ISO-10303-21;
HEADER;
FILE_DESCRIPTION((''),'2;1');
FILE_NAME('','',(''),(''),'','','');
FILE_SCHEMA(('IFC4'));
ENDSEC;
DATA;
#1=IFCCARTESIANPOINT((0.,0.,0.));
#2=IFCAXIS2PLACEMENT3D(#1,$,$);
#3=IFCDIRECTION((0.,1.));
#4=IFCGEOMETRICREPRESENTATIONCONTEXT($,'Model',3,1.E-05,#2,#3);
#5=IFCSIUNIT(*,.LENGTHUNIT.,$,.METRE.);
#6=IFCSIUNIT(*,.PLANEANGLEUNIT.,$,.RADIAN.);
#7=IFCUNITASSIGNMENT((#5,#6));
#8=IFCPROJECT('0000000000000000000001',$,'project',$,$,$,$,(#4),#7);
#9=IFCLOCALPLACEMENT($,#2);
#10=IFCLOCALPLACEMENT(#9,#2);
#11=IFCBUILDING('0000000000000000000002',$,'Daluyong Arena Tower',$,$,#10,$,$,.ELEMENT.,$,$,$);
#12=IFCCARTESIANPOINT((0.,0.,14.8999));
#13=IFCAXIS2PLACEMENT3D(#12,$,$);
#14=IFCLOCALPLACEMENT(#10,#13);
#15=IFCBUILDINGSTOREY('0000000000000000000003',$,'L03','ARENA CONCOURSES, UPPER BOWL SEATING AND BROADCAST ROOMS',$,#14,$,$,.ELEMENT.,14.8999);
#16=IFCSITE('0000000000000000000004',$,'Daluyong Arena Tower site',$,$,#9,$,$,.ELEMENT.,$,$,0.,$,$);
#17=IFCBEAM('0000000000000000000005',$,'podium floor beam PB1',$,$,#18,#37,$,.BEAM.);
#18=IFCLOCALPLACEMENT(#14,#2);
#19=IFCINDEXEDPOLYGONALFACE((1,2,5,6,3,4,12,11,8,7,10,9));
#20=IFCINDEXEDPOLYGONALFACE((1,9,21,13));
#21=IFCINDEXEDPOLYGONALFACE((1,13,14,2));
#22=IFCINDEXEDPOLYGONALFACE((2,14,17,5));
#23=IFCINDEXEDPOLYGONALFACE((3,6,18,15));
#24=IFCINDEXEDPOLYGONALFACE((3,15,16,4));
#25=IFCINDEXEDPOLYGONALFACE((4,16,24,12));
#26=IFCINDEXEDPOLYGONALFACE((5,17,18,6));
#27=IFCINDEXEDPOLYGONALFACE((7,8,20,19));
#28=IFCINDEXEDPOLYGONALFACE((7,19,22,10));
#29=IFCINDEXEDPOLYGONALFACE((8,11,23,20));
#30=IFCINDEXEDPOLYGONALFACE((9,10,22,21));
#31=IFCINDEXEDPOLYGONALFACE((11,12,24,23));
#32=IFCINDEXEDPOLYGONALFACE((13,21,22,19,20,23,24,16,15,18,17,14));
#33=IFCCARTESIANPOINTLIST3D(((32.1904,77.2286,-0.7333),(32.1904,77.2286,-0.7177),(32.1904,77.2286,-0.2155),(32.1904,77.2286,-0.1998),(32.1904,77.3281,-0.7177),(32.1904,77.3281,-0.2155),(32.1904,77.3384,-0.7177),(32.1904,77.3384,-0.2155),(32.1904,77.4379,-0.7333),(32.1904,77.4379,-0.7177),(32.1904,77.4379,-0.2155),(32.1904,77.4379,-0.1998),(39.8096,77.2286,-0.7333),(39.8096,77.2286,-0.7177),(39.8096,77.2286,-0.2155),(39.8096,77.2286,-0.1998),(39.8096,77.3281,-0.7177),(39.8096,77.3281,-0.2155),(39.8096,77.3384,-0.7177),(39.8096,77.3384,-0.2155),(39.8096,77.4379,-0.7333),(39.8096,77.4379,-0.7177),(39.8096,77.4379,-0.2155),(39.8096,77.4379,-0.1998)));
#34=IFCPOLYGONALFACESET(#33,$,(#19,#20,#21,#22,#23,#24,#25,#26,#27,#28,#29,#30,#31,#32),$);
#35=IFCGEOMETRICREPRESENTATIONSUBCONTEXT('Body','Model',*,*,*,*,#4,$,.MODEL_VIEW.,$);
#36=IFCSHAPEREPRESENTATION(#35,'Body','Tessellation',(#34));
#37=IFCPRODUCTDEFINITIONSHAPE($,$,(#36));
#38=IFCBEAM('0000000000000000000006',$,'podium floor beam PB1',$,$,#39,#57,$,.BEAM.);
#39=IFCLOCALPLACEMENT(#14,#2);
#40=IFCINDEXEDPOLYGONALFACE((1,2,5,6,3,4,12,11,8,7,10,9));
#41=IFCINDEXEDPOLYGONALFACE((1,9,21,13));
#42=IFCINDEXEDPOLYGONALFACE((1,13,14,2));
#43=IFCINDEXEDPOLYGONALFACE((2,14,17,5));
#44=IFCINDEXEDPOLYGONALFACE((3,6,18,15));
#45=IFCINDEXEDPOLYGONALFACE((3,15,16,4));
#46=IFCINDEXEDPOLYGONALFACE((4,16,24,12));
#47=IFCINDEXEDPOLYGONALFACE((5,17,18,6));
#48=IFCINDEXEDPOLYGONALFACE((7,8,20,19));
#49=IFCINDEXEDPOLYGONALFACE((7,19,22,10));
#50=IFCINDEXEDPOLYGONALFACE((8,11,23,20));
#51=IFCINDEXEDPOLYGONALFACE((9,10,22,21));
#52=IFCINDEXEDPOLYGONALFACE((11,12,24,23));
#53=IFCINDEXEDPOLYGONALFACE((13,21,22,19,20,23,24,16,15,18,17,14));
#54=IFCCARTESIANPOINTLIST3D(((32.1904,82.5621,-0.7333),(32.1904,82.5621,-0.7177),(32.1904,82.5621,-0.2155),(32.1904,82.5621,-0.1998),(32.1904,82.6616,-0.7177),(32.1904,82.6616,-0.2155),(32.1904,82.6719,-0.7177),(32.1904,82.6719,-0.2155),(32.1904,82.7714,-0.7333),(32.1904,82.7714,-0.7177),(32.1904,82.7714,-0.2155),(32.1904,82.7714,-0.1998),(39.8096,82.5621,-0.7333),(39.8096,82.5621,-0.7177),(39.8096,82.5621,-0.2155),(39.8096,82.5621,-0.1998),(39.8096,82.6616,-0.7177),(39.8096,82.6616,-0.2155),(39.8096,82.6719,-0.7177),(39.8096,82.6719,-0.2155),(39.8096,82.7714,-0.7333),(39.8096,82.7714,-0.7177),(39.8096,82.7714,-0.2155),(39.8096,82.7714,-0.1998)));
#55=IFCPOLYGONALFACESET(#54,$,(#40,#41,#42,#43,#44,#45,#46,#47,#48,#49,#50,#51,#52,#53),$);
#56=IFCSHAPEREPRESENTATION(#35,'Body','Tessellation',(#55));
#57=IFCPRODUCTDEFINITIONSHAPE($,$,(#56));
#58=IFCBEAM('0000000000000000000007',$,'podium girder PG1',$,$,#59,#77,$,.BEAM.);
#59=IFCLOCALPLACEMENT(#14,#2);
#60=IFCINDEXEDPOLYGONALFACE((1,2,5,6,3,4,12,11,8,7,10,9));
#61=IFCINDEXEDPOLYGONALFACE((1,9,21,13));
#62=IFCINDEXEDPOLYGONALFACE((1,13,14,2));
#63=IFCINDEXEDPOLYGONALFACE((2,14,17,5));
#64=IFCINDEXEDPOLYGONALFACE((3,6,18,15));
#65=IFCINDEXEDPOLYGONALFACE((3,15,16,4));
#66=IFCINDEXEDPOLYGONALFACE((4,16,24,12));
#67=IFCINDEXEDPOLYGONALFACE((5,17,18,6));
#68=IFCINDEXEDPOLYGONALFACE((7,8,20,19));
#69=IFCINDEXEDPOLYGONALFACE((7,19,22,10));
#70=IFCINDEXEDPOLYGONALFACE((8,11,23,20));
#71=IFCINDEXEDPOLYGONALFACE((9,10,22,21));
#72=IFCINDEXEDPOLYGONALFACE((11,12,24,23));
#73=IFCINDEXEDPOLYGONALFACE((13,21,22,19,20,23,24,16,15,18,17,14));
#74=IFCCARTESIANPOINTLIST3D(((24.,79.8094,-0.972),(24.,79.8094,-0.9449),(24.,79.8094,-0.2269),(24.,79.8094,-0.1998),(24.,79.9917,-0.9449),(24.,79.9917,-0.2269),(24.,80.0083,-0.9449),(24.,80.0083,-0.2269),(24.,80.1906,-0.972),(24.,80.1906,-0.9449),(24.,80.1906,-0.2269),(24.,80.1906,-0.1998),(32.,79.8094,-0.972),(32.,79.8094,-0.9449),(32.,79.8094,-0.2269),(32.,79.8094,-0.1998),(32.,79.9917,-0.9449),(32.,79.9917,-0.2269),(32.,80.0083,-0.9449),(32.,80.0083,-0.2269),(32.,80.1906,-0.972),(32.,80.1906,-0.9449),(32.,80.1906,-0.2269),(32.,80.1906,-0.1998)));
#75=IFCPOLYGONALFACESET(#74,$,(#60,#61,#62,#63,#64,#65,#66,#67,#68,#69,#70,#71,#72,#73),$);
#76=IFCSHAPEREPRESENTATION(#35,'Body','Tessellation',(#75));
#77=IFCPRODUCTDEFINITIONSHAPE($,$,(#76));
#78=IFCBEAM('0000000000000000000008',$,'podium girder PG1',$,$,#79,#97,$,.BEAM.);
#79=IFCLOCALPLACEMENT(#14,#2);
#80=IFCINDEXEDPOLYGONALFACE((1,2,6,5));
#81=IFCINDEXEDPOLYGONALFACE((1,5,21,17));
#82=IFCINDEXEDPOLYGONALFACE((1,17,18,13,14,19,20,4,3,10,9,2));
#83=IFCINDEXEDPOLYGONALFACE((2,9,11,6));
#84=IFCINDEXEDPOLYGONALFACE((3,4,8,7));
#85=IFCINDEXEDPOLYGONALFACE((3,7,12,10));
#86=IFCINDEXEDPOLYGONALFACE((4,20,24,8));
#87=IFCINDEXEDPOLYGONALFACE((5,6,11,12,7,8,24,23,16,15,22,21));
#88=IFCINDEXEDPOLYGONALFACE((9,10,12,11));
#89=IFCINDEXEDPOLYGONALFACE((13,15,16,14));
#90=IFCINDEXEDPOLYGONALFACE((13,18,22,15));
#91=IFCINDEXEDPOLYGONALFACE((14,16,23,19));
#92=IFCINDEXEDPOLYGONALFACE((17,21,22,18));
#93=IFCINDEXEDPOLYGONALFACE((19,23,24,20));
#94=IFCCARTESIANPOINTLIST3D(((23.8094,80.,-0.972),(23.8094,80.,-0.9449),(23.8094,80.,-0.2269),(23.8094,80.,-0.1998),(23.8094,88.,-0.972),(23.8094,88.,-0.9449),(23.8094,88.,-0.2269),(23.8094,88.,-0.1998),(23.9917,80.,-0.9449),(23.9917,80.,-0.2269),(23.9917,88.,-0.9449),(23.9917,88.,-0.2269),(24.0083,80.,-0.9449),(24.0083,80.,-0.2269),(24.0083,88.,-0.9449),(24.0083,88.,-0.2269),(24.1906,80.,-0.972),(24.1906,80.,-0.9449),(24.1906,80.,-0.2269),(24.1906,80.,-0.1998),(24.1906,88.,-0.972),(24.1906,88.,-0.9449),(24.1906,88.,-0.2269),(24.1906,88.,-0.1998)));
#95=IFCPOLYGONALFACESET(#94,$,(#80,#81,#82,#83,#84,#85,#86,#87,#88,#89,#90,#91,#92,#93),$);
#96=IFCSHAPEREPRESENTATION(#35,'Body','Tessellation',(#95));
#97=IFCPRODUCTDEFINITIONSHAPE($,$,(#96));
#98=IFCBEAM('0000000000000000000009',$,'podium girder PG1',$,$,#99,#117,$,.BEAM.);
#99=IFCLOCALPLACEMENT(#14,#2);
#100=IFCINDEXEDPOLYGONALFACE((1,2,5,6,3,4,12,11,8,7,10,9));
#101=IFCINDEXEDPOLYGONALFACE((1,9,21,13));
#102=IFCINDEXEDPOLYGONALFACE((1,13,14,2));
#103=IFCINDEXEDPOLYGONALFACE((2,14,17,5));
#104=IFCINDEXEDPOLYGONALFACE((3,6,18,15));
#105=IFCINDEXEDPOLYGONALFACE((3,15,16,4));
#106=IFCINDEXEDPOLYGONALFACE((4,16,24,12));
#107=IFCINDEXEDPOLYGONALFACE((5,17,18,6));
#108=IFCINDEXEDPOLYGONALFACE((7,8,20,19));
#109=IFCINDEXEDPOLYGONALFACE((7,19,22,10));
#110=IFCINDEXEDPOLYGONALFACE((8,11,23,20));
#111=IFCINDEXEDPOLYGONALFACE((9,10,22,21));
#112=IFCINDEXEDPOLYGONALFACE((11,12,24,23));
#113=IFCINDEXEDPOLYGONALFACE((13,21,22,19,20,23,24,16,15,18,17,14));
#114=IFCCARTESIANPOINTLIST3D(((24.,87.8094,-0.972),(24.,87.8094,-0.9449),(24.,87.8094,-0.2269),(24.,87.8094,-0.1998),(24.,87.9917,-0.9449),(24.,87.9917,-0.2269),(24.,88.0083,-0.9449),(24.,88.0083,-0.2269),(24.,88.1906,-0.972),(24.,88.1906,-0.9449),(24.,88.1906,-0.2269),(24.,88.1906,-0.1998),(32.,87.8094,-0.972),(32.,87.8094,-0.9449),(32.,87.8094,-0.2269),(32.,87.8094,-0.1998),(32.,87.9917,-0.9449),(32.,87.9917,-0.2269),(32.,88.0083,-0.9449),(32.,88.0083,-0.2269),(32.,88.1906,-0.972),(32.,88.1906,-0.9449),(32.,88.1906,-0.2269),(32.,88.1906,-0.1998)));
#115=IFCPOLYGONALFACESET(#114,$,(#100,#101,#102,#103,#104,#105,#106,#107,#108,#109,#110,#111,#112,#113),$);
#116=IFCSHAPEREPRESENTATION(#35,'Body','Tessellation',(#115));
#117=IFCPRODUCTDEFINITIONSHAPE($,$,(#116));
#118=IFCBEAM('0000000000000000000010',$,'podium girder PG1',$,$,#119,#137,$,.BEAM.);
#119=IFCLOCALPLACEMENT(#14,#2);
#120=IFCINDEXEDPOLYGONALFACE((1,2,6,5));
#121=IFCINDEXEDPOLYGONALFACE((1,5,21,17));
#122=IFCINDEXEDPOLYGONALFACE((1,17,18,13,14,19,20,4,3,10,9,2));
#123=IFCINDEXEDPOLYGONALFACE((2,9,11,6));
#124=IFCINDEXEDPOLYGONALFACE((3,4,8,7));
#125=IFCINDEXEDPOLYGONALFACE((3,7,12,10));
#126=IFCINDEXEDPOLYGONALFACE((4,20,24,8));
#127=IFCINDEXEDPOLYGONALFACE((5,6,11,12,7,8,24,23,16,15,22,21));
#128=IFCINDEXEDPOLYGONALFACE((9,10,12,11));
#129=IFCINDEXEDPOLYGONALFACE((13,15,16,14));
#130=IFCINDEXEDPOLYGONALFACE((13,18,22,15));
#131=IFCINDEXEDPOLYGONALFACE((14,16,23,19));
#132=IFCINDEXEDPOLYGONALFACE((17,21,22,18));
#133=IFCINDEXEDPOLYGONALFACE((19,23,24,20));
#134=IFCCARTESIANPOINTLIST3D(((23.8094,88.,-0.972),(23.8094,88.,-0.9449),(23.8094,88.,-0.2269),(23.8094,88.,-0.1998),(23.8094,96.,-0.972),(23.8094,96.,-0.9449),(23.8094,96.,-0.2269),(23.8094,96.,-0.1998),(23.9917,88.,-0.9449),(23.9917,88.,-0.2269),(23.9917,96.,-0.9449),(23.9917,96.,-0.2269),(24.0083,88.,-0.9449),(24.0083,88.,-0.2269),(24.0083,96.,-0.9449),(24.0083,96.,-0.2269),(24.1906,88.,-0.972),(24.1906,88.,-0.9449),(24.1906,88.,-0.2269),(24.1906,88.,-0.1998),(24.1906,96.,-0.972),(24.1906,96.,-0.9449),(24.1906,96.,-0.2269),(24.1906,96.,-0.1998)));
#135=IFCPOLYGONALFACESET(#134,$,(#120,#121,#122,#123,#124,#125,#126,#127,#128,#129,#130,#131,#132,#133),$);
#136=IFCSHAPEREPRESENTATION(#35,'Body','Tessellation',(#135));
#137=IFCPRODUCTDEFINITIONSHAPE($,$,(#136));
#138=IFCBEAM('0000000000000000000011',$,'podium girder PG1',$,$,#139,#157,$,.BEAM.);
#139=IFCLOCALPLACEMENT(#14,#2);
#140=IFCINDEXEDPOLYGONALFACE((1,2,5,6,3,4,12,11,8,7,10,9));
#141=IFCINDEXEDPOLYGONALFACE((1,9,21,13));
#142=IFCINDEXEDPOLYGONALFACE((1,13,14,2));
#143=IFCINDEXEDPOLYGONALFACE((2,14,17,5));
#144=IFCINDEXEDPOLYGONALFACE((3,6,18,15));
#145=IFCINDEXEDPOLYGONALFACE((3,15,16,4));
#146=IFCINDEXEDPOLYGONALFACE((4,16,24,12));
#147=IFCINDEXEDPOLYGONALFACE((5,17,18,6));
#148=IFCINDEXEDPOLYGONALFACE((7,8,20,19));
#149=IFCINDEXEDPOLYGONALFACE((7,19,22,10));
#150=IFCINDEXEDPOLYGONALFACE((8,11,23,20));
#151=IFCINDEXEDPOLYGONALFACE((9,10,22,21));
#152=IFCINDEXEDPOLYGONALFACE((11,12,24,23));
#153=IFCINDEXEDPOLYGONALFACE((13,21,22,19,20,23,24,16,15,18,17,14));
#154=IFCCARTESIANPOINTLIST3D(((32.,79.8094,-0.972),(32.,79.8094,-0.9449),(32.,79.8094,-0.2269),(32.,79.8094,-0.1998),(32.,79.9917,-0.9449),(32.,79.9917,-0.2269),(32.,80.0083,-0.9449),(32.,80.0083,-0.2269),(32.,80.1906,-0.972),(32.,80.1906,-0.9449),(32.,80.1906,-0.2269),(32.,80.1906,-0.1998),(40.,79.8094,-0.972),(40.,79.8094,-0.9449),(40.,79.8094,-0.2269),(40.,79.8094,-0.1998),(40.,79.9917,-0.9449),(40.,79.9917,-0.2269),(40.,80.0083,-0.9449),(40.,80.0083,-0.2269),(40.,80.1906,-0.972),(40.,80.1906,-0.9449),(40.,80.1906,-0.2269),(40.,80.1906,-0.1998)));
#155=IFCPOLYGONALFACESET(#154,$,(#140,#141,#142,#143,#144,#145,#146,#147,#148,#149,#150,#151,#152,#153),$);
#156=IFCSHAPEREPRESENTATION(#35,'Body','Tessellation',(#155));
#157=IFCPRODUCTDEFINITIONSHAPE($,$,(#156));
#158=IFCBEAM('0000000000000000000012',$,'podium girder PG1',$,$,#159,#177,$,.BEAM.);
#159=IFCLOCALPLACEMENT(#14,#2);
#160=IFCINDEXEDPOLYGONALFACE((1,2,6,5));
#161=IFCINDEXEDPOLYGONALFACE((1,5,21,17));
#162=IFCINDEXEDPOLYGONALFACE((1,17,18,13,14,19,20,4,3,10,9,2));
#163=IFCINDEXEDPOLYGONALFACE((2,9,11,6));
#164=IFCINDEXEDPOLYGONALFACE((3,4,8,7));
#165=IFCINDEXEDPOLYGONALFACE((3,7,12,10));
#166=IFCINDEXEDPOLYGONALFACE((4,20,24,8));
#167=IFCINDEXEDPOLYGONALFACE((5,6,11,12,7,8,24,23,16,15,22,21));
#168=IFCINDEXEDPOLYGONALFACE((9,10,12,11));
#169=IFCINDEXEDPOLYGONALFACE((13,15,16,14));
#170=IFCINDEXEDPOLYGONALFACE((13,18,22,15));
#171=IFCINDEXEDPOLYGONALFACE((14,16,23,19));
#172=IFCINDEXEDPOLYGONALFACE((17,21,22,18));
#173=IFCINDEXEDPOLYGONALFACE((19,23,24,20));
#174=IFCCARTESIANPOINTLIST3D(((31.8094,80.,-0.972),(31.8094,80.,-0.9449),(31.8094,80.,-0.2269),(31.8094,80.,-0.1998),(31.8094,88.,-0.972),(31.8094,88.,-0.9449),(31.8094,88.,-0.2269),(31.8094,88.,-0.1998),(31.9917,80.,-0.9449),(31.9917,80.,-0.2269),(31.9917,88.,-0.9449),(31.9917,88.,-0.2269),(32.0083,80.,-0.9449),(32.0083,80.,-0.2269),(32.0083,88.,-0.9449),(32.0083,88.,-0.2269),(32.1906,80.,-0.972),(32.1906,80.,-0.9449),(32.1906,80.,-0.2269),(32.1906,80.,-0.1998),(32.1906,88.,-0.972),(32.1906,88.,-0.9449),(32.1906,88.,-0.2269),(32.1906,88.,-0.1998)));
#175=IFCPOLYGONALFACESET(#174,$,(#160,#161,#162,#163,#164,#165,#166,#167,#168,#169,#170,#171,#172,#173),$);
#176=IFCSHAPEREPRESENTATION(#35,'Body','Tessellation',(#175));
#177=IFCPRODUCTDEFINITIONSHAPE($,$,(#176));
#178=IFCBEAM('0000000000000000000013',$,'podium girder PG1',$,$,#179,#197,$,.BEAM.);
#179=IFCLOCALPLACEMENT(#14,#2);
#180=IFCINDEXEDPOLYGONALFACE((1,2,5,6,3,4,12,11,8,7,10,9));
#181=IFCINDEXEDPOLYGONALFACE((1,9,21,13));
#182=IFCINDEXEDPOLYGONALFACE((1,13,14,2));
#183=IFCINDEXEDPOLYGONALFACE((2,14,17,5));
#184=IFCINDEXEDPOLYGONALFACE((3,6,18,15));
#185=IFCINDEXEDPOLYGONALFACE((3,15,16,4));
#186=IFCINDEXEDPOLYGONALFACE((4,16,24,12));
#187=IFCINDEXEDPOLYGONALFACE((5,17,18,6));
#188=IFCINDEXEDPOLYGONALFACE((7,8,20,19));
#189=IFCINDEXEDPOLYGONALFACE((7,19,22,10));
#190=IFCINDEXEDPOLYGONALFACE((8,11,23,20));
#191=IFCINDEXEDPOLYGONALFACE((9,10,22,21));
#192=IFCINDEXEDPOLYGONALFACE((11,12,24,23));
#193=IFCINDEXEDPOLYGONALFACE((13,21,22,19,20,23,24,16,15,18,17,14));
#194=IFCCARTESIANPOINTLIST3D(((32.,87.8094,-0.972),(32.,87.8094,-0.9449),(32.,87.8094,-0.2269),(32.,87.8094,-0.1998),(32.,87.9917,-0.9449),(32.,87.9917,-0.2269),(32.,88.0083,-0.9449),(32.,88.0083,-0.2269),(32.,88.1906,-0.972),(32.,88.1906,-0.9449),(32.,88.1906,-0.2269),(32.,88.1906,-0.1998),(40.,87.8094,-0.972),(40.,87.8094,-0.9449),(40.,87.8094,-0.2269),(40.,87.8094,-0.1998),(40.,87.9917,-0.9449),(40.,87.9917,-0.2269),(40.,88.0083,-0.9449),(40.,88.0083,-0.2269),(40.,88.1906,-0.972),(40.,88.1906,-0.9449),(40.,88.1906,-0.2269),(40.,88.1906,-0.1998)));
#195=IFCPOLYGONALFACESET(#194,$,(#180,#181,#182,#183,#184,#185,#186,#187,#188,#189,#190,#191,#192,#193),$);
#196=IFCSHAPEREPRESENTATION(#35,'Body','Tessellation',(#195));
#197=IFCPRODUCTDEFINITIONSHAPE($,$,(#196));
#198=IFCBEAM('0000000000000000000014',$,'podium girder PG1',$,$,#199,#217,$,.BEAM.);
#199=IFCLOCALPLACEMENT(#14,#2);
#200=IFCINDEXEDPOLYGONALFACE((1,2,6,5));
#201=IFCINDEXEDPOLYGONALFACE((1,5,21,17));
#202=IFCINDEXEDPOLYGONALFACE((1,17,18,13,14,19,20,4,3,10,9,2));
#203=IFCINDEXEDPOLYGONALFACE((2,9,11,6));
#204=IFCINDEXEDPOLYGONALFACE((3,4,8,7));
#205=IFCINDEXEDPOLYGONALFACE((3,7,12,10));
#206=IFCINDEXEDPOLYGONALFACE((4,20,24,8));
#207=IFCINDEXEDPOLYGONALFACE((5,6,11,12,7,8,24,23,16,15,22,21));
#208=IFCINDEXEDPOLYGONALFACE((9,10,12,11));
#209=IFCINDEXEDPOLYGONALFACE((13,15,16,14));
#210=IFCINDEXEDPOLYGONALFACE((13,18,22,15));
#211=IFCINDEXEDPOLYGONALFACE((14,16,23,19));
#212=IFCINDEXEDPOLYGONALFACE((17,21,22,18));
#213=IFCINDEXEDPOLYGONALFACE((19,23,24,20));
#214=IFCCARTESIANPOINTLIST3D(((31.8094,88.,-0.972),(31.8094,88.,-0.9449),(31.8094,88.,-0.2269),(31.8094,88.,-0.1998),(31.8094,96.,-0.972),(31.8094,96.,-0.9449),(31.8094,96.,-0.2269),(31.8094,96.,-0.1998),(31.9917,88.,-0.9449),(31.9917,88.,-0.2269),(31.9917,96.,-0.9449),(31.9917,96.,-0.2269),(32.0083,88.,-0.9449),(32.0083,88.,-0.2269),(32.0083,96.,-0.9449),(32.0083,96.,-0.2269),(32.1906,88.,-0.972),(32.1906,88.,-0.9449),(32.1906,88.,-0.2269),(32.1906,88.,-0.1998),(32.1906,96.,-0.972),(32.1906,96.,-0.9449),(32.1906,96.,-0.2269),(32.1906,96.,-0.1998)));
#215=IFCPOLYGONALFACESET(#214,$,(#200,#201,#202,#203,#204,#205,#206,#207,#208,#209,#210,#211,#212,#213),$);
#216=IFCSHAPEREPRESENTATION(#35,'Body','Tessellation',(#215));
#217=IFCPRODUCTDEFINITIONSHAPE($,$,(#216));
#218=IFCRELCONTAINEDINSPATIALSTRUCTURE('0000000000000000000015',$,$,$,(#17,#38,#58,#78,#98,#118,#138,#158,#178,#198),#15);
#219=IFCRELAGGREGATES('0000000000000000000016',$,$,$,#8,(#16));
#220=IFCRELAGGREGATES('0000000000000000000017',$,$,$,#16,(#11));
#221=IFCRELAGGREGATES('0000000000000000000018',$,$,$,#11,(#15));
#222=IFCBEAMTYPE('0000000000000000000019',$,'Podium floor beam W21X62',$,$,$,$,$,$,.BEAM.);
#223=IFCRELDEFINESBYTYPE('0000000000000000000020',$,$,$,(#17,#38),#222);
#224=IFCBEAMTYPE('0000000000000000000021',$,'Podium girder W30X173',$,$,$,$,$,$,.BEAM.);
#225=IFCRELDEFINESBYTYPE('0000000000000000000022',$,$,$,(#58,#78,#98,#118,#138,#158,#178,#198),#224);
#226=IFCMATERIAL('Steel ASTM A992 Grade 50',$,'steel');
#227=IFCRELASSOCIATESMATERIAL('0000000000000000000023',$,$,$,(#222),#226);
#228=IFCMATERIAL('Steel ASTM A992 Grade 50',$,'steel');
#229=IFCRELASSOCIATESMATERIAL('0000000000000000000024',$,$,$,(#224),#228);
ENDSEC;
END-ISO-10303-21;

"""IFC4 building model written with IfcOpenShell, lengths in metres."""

from ifc_helpers import new_model, si_unit, direction, frame, origin, origin_2d, place, context, subcontext, project, spatial, i_section, extrude, material, material_profile, profile_set, type_object, element, save


model = new_model("IFC4")

# Units and contexts
model_context = context("Model", 3, precision=1e-05, world=origin(), true_north=direction((0.0, 1.0)))
body_context = subcontext(model_context, "Body", "Model", "MODEL_VIEW")
ifc_project = project(units=[si_unit("LENGTHUNIT", "METRE"), si_unit("PLANEANGLEUNIT", "RADIAN")], contexts=[model_context])

# Site, building, storey
site_placement = place(None, origin())
site = spatial("IfcSite", under=ifc_project, at=site_placement, Name="Daluyong Arena Tower site", CompositionType="ELEMENT", RefElevation=0.0)
building_placement = place(site_placement, origin())
building = spatial("IfcBuilding", under=site, at=building_placement, Name="Daluyong Arena Tower", CompositionType="ELEMENT")
storey_placement = place(building_placement, frame((0.0, 0.0, 14.8999)))
storey = spatial("IfcBuildingStorey", under=building, at=storey_placement, Name="L03", Description="ARENA CONCOURSES, UPPER BOWL SEATING AND BROADCAST ROOMS", CompositionType="ELEMENT", Elevation=14.8999)

# Beams
ifc_material_1 = material(Name="Steel ASTM A992 Grade 50", Category="steel")
ifc_material_profile_1 = material_profile(ifc_material_1, i_section(OverallWidth=0.2092, OverallDepth=0.5334, WebThickness=0.0103, FlangeThickness=0.0156, at=origin_2d()))
ifc_profile_set_1 = profile_set([ifc_material_profile_1], Name="Steel ASTM A992 Grade 50")
beam_type_1 = type_object("IfcBeamType", Name="Podium floor beam W21X62", PredefinedType="BEAM", material=ifc_profile_set_1)
for number, where, z_axis, x_axis, name in (
    (1, (32.1904, 77.3333, -0.4666), (1.0, 0.0, 0.0), (0.0, 1.0, 0.0), "podium floor beam PB1"),
    (2, (32.1904, 82.6667, -0.4666), (1.0, 0.0, 0.0), (0.0, 1.0, 0.0), "podium floor beam PB1"),
):
    element("IfcBeam", number, at=place(storey_placement, frame(where, z_axis=z_axis, x_axis=x_axis)), inside=storey, type_object=beam_type_1, Name=name, PredefinedType="BEAM", context=body_context, shape_type="SweptSolid", body=[
        extrude(i_section(OverallWidth=0.2092, OverallDepth=0.5334, WebThickness=0.0103, FlangeThickness=0.0156, at=origin_2d()), origin(), (0.0, 0.0, 1.0), 7.6191),
    ])
ifc_material_2 = material(Name="Steel ASTM A992 Grade 50", Category="steel")
ifc_material_profile_2 = material_profile(ifc_material_2, i_section(OverallWidth=0.3811, OverallDepth=0.7722, WebThickness=0.0166, FlangeThickness=0.0271, at=origin_2d()))
ifc_profile_set_2 = profile_set([ifc_material_profile_2], Name="Steel ASTM A992 Grade 50")
beam_type_2 = type_object("IfcBeamType", Name="Podium girder W30X173", PredefinedType="BEAM", material=ifc_profile_set_2)
for number, where, z_axis, x_axis, name in (
    (3, (24.0, 80.0, -0.5859), (1.0, 0.0, 0.0), (0.0, 1.0, 0.0), "podium girder PG1"),
    (4, (24.0, 80.0, -0.5859), (0.0, 1.0, 0.0), (-1.0, 0.0, 0.0), "podium girder PG1"),
    (5, (24.0, 88.0, -0.5859), (1.0, 0.0, 0.0), (0.0, 1.0, 0.0), "podium girder PG1"),
    (6, (24.0, 88.0, -0.5859), (0.0, 1.0, 0.0), (-1.0, 0.0, 0.0), "podium girder PG1"),
    (7, (32.0, 80.0, -0.5859), (1.0, 0.0, 0.0), (0.0, 1.0, 0.0), "podium girder PG1"),
    (8, (32.0, 80.0, -0.5859), (0.0, 1.0, 0.0), (-1.0, 0.0, 0.0), "podium girder PG1"),
    (9, (32.0, 88.0, -0.5859), (1.0, 0.0, 0.0), (0.0, 1.0, 0.0), "podium girder PG1"),
    (10, (32.0, 88.0, -0.5859), (0.0, 1.0, 0.0), (-1.0, 0.0, 0.0), "podium girder PG1"),
):
    element("IfcBeam", number, at=place(storey_placement, frame(where, z_axis=z_axis, x_axis=x_axis)), inside=storey, type_object=beam_type_2, Name=name, PredefinedType="BEAM", context=body_context, shape_type="SweptSolid", body=[
        extrude(i_section(OverallWidth=0.3811, OverallDepth=0.7722, WebThickness=0.0166, FlangeThickness=0.0271, at=origin_2d()), origin(), (0.0, 0.0, 1.0), 8.0),
    ])

save(model, "model.ifc")
